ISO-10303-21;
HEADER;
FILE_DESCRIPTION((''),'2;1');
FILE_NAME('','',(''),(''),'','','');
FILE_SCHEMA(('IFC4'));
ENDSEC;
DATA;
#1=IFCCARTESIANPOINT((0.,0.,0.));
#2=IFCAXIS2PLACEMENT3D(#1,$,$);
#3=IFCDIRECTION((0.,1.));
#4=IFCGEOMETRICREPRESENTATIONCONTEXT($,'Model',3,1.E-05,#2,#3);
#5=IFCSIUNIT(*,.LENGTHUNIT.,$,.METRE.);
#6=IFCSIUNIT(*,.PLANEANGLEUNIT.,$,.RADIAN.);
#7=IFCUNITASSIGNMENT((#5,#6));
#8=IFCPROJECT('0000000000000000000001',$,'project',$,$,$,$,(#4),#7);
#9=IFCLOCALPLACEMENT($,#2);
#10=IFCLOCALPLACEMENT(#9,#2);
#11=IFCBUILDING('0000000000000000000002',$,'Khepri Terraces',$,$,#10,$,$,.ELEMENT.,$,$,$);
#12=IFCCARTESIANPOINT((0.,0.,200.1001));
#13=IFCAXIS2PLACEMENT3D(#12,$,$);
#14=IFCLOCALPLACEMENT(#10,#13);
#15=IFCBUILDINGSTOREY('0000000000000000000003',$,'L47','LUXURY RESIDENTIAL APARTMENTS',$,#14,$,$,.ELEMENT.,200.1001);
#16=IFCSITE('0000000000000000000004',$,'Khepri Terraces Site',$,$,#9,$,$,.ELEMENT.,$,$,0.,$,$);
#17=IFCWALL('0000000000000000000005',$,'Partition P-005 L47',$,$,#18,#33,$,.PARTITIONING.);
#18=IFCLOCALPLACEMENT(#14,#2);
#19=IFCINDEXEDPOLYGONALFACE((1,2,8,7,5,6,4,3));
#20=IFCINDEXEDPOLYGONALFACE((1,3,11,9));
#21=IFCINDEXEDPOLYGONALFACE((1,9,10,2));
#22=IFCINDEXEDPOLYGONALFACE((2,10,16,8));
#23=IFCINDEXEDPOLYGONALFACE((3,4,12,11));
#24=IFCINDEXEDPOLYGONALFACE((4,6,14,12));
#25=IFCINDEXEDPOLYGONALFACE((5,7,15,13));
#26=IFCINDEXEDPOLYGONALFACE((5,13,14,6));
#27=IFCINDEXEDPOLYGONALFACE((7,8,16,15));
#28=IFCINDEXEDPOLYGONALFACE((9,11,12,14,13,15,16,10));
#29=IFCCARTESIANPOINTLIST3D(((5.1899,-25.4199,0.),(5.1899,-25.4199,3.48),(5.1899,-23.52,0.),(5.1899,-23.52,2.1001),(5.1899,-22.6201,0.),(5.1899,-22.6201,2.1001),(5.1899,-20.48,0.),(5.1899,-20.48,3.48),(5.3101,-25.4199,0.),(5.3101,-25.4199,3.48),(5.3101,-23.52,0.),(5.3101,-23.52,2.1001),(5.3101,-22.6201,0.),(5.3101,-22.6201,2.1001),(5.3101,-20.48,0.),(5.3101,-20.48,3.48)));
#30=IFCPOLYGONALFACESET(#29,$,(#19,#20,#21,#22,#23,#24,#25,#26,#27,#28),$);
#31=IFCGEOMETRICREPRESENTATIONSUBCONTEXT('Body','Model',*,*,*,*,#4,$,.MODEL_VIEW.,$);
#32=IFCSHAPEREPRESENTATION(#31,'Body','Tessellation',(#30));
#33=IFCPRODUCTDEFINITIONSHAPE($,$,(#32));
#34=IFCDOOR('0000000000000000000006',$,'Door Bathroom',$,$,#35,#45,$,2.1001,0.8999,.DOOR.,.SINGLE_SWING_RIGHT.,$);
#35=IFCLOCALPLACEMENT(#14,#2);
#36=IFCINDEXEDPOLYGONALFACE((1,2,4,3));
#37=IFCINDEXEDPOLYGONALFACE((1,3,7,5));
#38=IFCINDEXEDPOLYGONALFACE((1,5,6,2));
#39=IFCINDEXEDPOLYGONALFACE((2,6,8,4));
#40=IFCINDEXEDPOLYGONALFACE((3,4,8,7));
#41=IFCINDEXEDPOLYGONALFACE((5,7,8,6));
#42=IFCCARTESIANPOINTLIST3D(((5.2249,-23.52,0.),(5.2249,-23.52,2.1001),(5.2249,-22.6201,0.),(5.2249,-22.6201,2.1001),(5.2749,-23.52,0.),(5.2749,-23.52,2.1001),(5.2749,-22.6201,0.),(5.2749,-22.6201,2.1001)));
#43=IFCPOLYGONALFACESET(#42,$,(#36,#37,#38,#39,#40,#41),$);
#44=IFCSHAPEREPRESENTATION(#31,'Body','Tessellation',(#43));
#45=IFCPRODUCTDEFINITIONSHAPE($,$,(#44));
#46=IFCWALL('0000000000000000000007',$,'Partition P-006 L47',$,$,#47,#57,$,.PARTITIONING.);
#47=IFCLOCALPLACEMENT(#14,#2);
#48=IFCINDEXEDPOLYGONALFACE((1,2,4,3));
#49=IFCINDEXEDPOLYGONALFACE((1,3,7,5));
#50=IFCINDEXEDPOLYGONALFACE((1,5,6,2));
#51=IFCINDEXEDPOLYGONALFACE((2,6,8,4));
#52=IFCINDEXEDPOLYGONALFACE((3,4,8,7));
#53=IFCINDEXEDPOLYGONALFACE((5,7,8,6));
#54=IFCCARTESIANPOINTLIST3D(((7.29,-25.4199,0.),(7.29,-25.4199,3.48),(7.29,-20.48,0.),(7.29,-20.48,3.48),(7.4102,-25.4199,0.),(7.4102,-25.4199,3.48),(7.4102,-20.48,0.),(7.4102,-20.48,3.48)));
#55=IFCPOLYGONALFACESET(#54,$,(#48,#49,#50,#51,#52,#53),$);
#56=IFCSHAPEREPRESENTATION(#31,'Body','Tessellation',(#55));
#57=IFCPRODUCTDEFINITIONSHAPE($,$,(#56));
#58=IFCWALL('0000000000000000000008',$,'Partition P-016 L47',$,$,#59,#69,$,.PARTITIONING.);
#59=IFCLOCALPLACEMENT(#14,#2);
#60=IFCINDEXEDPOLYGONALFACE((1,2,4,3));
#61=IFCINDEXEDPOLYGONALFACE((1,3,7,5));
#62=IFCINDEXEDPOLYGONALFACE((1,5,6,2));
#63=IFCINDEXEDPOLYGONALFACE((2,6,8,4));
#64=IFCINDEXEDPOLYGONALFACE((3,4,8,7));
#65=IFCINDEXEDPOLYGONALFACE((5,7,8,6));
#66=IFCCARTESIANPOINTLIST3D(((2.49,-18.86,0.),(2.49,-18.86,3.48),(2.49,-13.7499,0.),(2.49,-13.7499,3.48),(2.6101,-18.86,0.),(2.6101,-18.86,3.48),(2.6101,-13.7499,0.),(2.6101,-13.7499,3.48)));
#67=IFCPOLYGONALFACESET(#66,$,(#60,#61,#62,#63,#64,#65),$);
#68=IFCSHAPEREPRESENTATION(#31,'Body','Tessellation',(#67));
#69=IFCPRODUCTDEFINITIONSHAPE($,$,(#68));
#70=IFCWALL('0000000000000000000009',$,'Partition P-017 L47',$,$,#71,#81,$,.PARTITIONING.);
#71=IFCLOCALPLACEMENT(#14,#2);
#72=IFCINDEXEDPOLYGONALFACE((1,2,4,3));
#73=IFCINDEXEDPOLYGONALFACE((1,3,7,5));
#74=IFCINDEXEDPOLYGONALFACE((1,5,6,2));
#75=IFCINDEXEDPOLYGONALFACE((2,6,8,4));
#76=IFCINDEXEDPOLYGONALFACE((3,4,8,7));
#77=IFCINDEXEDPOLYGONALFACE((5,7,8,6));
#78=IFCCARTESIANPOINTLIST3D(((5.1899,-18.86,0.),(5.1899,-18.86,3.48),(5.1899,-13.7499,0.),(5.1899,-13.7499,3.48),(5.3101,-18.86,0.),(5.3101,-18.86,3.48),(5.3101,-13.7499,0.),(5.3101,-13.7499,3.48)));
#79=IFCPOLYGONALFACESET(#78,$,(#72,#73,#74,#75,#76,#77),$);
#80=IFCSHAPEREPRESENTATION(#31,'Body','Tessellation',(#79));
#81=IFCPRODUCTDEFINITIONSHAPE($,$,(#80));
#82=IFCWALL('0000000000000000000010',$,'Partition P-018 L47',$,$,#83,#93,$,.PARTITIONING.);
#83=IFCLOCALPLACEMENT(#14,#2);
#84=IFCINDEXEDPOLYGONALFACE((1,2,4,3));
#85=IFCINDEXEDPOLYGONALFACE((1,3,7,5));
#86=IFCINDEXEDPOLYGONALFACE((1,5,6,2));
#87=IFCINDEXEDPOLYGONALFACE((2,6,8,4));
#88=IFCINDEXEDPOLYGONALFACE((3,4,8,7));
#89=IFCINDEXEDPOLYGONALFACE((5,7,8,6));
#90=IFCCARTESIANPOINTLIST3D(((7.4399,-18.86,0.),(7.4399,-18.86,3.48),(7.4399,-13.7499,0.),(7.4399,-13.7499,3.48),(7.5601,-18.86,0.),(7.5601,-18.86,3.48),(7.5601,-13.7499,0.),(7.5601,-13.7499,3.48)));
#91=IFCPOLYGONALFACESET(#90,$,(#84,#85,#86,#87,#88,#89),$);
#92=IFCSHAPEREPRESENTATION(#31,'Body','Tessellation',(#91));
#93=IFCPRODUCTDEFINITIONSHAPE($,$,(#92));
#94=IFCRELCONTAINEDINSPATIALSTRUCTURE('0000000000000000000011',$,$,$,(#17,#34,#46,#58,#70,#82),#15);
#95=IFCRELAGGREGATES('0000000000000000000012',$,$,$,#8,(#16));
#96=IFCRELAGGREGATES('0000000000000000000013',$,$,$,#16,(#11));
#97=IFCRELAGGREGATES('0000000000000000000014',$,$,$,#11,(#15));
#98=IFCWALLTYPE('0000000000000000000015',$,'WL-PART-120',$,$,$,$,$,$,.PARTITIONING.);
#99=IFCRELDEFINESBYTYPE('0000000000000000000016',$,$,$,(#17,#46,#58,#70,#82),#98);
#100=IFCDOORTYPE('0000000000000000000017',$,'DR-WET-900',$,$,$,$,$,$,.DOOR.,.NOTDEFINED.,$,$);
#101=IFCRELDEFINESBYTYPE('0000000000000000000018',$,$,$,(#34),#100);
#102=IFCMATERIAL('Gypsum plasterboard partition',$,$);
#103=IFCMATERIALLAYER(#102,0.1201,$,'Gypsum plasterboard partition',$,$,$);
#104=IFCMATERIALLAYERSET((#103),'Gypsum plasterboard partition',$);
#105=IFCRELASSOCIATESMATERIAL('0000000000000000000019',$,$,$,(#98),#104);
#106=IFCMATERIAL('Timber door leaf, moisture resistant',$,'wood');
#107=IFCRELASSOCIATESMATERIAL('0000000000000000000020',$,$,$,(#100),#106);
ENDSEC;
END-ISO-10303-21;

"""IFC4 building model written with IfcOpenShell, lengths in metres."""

from ifc_helpers import new_model, si_unit, direction, frame, frame_2d, origin, place, context, subcontext, project, spatial, rectangle, extrude, material, layer, layer_set, type_object, element, fill, save


model = new_model("IFC4")

# Units and contexts
model_context = context("Model", 3, precision=1e-05, world=origin(), true_north=direction((0.0, 1.0)))
body_context = subcontext(model_context, "Body", "Model", "MODEL_VIEW")
ifc_project = project(units=[si_unit("LENGTHUNIT", "METRE"), si_unit("PLANEANGLEUNIT", "RADIAN")], contexts=[model_context])

# Site, building, storey
site_placement = place(None, origin())
site = spatial("IfcSite", under=ifc_project, at=site_placement, Name="Khepri Terraces Site", CompositionType="ELEMENT", RefElevation=0.0)
building_placement = place(site_placement, origin())
building = spatial("IfcBuilding", under=site, at=building_placement, Name="Khepri Terraces", CompositionType="ELEMENT")
storey_placement = place(building_placement, frame((0.0, 0.0, 200.1001)))
storey = spatial("IfcBuildingStorey", under=building, at=storey_placement, Name="L47", Description="LUXURY RESIDENTIAL APARTMENTS", CompositionType="ELEMENT", Elevation=200.1001)

# Shared definitions
ifc_material_1 = material(Name="Gypsum plasterboard partition")
ifc_layer_1 = layer(ifc_material_1, 0.1201, Name="Gypsum plasterboard partition")
ifc_layer_set_1 = layer_set([ifc_layer_1], Name="Gypsum plasterboard partition")
wall_type_1 = type_object("IfcWallType", Name="WL-PART-120", PredefinedType="PARTITIONING", material=ifc_layer_set_1)

# Wall, opening, door
wall_1_placement = place(storey_placement, frame((5.25, -25.4199, 0.0), z_axis=(0.0, 0.0, 1.0), x_axis=(0.0, 1.0, 0.0)))
wall_1 = element("IfcWall", 1, at=wall_1_placement, inside=storey, type_object=wall_type_1, Name="Partition P-005 L47", PredefinedType="PARTITIONING", context=body_context, shape_type="SweptSolid", body=[
    extrude(rectangle(XDim=4.9399, YDim=0.1201, at=frame_2d((2.47, 0.0))), origin(), (0.0, 0.0, 1.0), 3.48),
])
opening_1_placement = place(wall_1_placement, frame((1.8999, 0.0, 0.0)))
opening_1 = element("IfcOpeningElement", 2, at=opening_1_placement, cuts=wall_1, PredefinedType="OPENING", context=body_context, shape_type="SweptSolid", body=[
    extrude(rectangle(XDim=0.8999, YDim=2.1001, at=frame_2d((0.45, 1.05))), frame((0.0, 0.0701, 0.0), z_axis=(0.0, -1.0, 0.0), x_axis=(1.0, 0.0, 0.0)), (0.0, 0.0, 1.0), 0.1401),
])
ifc_material_2 = material(Name="Timber door leaf, moisture resistant", Category="wood")
door_type_1 = type_object("IfcDoorType", Name="DR-WET-900", OperationType="NOTDEFINED", PredefinedType="DOOR", material=ifc_material_2)
door_1_placement = place(opening_1_placement, frame((0.8999, 0.0, 0.0), z_axis=(0.0, 0.0, 1.0), x_axis=(-1.0, 0.0, 0.0)))
door_1 = element("IfcDoor", 3, at=door_1_placement, inside=storey, type_object=door_type_1, Name="Door Bathroom", OperationType="SINGLE_SWING_RIGHT", OverallHeight=2.1001, OverallWidth=0.8999, PredefinedType="DOOR", context=body_context, shape_type="SweptSolid", body=[
    extrude(rectangle(XDim=0.8999, YDim=2.1001, at=frame_2d((0.45, 1.05))), frame((0.0, 0.0249, 0.0), z_axis=(0.0, -1.0, 0.0), x_axis=(1.0, 0.0, 0.0)), (0.0, 0.0, 1.0), 0.05),
])
fill(opening_1, door_1)

# Walls
wall_2_placement = place(storey_placement, frame((7.3501, -25.4199, 0.0), z_axis=(0.0, 0.0, 1.0), x_axis=(0.0, 1.0, 0.0)))
element("IfcWall", 4, at=wall_2_placement, inside=storey, type_object=wall_type_1, Name="Partition P-006 L47", PredefinedType="PARTITIONING", context=body_context, shape_type="SweptSolid", body=[
    extrude(rectangle(XDim=4.9399, YDim=0.1201, at=frame_2d((2.47, 0.0))), origin(), (0.0, 0.0, 1.0), 3.48),
])
for number, where, z_axis, x_axis, name in (
    (5, (2.55, -18.8601, 0.0), (0.0, 0.0, 1.0), (0.0, 1.0, 0.0), "Partition P-016 L47"),
    (6, (5.25, -18.8601, 0.0), (0.0, 0.0, 1.0), (0.0, 1.0, 0.0), "Partition P-017 L47"),
    (7, (7.5, -18.8601, 0.0), (0.0, 0.0, 1.0), (0.0, 1.0, 0.0), "Partition P-018 L47"),
):
    element("IfcWall", number, at=place(storey_placement, frame(where, z_axis=z_axis, x_axis=x_axis)), inside=storey, type_object=wall_type_1, Name=name, PredefinedType="PARTITIONING", context=body_context, shape_type="SweptSolid", body=[
        extrude(rectangle(XDim=5.1101, YDim=0.1201, at=frame_2d((2.5552, 0.0))), origin(), (0.0, 0.0, 1.0), 3.48),
    ])

save(model, "model.ifc")
